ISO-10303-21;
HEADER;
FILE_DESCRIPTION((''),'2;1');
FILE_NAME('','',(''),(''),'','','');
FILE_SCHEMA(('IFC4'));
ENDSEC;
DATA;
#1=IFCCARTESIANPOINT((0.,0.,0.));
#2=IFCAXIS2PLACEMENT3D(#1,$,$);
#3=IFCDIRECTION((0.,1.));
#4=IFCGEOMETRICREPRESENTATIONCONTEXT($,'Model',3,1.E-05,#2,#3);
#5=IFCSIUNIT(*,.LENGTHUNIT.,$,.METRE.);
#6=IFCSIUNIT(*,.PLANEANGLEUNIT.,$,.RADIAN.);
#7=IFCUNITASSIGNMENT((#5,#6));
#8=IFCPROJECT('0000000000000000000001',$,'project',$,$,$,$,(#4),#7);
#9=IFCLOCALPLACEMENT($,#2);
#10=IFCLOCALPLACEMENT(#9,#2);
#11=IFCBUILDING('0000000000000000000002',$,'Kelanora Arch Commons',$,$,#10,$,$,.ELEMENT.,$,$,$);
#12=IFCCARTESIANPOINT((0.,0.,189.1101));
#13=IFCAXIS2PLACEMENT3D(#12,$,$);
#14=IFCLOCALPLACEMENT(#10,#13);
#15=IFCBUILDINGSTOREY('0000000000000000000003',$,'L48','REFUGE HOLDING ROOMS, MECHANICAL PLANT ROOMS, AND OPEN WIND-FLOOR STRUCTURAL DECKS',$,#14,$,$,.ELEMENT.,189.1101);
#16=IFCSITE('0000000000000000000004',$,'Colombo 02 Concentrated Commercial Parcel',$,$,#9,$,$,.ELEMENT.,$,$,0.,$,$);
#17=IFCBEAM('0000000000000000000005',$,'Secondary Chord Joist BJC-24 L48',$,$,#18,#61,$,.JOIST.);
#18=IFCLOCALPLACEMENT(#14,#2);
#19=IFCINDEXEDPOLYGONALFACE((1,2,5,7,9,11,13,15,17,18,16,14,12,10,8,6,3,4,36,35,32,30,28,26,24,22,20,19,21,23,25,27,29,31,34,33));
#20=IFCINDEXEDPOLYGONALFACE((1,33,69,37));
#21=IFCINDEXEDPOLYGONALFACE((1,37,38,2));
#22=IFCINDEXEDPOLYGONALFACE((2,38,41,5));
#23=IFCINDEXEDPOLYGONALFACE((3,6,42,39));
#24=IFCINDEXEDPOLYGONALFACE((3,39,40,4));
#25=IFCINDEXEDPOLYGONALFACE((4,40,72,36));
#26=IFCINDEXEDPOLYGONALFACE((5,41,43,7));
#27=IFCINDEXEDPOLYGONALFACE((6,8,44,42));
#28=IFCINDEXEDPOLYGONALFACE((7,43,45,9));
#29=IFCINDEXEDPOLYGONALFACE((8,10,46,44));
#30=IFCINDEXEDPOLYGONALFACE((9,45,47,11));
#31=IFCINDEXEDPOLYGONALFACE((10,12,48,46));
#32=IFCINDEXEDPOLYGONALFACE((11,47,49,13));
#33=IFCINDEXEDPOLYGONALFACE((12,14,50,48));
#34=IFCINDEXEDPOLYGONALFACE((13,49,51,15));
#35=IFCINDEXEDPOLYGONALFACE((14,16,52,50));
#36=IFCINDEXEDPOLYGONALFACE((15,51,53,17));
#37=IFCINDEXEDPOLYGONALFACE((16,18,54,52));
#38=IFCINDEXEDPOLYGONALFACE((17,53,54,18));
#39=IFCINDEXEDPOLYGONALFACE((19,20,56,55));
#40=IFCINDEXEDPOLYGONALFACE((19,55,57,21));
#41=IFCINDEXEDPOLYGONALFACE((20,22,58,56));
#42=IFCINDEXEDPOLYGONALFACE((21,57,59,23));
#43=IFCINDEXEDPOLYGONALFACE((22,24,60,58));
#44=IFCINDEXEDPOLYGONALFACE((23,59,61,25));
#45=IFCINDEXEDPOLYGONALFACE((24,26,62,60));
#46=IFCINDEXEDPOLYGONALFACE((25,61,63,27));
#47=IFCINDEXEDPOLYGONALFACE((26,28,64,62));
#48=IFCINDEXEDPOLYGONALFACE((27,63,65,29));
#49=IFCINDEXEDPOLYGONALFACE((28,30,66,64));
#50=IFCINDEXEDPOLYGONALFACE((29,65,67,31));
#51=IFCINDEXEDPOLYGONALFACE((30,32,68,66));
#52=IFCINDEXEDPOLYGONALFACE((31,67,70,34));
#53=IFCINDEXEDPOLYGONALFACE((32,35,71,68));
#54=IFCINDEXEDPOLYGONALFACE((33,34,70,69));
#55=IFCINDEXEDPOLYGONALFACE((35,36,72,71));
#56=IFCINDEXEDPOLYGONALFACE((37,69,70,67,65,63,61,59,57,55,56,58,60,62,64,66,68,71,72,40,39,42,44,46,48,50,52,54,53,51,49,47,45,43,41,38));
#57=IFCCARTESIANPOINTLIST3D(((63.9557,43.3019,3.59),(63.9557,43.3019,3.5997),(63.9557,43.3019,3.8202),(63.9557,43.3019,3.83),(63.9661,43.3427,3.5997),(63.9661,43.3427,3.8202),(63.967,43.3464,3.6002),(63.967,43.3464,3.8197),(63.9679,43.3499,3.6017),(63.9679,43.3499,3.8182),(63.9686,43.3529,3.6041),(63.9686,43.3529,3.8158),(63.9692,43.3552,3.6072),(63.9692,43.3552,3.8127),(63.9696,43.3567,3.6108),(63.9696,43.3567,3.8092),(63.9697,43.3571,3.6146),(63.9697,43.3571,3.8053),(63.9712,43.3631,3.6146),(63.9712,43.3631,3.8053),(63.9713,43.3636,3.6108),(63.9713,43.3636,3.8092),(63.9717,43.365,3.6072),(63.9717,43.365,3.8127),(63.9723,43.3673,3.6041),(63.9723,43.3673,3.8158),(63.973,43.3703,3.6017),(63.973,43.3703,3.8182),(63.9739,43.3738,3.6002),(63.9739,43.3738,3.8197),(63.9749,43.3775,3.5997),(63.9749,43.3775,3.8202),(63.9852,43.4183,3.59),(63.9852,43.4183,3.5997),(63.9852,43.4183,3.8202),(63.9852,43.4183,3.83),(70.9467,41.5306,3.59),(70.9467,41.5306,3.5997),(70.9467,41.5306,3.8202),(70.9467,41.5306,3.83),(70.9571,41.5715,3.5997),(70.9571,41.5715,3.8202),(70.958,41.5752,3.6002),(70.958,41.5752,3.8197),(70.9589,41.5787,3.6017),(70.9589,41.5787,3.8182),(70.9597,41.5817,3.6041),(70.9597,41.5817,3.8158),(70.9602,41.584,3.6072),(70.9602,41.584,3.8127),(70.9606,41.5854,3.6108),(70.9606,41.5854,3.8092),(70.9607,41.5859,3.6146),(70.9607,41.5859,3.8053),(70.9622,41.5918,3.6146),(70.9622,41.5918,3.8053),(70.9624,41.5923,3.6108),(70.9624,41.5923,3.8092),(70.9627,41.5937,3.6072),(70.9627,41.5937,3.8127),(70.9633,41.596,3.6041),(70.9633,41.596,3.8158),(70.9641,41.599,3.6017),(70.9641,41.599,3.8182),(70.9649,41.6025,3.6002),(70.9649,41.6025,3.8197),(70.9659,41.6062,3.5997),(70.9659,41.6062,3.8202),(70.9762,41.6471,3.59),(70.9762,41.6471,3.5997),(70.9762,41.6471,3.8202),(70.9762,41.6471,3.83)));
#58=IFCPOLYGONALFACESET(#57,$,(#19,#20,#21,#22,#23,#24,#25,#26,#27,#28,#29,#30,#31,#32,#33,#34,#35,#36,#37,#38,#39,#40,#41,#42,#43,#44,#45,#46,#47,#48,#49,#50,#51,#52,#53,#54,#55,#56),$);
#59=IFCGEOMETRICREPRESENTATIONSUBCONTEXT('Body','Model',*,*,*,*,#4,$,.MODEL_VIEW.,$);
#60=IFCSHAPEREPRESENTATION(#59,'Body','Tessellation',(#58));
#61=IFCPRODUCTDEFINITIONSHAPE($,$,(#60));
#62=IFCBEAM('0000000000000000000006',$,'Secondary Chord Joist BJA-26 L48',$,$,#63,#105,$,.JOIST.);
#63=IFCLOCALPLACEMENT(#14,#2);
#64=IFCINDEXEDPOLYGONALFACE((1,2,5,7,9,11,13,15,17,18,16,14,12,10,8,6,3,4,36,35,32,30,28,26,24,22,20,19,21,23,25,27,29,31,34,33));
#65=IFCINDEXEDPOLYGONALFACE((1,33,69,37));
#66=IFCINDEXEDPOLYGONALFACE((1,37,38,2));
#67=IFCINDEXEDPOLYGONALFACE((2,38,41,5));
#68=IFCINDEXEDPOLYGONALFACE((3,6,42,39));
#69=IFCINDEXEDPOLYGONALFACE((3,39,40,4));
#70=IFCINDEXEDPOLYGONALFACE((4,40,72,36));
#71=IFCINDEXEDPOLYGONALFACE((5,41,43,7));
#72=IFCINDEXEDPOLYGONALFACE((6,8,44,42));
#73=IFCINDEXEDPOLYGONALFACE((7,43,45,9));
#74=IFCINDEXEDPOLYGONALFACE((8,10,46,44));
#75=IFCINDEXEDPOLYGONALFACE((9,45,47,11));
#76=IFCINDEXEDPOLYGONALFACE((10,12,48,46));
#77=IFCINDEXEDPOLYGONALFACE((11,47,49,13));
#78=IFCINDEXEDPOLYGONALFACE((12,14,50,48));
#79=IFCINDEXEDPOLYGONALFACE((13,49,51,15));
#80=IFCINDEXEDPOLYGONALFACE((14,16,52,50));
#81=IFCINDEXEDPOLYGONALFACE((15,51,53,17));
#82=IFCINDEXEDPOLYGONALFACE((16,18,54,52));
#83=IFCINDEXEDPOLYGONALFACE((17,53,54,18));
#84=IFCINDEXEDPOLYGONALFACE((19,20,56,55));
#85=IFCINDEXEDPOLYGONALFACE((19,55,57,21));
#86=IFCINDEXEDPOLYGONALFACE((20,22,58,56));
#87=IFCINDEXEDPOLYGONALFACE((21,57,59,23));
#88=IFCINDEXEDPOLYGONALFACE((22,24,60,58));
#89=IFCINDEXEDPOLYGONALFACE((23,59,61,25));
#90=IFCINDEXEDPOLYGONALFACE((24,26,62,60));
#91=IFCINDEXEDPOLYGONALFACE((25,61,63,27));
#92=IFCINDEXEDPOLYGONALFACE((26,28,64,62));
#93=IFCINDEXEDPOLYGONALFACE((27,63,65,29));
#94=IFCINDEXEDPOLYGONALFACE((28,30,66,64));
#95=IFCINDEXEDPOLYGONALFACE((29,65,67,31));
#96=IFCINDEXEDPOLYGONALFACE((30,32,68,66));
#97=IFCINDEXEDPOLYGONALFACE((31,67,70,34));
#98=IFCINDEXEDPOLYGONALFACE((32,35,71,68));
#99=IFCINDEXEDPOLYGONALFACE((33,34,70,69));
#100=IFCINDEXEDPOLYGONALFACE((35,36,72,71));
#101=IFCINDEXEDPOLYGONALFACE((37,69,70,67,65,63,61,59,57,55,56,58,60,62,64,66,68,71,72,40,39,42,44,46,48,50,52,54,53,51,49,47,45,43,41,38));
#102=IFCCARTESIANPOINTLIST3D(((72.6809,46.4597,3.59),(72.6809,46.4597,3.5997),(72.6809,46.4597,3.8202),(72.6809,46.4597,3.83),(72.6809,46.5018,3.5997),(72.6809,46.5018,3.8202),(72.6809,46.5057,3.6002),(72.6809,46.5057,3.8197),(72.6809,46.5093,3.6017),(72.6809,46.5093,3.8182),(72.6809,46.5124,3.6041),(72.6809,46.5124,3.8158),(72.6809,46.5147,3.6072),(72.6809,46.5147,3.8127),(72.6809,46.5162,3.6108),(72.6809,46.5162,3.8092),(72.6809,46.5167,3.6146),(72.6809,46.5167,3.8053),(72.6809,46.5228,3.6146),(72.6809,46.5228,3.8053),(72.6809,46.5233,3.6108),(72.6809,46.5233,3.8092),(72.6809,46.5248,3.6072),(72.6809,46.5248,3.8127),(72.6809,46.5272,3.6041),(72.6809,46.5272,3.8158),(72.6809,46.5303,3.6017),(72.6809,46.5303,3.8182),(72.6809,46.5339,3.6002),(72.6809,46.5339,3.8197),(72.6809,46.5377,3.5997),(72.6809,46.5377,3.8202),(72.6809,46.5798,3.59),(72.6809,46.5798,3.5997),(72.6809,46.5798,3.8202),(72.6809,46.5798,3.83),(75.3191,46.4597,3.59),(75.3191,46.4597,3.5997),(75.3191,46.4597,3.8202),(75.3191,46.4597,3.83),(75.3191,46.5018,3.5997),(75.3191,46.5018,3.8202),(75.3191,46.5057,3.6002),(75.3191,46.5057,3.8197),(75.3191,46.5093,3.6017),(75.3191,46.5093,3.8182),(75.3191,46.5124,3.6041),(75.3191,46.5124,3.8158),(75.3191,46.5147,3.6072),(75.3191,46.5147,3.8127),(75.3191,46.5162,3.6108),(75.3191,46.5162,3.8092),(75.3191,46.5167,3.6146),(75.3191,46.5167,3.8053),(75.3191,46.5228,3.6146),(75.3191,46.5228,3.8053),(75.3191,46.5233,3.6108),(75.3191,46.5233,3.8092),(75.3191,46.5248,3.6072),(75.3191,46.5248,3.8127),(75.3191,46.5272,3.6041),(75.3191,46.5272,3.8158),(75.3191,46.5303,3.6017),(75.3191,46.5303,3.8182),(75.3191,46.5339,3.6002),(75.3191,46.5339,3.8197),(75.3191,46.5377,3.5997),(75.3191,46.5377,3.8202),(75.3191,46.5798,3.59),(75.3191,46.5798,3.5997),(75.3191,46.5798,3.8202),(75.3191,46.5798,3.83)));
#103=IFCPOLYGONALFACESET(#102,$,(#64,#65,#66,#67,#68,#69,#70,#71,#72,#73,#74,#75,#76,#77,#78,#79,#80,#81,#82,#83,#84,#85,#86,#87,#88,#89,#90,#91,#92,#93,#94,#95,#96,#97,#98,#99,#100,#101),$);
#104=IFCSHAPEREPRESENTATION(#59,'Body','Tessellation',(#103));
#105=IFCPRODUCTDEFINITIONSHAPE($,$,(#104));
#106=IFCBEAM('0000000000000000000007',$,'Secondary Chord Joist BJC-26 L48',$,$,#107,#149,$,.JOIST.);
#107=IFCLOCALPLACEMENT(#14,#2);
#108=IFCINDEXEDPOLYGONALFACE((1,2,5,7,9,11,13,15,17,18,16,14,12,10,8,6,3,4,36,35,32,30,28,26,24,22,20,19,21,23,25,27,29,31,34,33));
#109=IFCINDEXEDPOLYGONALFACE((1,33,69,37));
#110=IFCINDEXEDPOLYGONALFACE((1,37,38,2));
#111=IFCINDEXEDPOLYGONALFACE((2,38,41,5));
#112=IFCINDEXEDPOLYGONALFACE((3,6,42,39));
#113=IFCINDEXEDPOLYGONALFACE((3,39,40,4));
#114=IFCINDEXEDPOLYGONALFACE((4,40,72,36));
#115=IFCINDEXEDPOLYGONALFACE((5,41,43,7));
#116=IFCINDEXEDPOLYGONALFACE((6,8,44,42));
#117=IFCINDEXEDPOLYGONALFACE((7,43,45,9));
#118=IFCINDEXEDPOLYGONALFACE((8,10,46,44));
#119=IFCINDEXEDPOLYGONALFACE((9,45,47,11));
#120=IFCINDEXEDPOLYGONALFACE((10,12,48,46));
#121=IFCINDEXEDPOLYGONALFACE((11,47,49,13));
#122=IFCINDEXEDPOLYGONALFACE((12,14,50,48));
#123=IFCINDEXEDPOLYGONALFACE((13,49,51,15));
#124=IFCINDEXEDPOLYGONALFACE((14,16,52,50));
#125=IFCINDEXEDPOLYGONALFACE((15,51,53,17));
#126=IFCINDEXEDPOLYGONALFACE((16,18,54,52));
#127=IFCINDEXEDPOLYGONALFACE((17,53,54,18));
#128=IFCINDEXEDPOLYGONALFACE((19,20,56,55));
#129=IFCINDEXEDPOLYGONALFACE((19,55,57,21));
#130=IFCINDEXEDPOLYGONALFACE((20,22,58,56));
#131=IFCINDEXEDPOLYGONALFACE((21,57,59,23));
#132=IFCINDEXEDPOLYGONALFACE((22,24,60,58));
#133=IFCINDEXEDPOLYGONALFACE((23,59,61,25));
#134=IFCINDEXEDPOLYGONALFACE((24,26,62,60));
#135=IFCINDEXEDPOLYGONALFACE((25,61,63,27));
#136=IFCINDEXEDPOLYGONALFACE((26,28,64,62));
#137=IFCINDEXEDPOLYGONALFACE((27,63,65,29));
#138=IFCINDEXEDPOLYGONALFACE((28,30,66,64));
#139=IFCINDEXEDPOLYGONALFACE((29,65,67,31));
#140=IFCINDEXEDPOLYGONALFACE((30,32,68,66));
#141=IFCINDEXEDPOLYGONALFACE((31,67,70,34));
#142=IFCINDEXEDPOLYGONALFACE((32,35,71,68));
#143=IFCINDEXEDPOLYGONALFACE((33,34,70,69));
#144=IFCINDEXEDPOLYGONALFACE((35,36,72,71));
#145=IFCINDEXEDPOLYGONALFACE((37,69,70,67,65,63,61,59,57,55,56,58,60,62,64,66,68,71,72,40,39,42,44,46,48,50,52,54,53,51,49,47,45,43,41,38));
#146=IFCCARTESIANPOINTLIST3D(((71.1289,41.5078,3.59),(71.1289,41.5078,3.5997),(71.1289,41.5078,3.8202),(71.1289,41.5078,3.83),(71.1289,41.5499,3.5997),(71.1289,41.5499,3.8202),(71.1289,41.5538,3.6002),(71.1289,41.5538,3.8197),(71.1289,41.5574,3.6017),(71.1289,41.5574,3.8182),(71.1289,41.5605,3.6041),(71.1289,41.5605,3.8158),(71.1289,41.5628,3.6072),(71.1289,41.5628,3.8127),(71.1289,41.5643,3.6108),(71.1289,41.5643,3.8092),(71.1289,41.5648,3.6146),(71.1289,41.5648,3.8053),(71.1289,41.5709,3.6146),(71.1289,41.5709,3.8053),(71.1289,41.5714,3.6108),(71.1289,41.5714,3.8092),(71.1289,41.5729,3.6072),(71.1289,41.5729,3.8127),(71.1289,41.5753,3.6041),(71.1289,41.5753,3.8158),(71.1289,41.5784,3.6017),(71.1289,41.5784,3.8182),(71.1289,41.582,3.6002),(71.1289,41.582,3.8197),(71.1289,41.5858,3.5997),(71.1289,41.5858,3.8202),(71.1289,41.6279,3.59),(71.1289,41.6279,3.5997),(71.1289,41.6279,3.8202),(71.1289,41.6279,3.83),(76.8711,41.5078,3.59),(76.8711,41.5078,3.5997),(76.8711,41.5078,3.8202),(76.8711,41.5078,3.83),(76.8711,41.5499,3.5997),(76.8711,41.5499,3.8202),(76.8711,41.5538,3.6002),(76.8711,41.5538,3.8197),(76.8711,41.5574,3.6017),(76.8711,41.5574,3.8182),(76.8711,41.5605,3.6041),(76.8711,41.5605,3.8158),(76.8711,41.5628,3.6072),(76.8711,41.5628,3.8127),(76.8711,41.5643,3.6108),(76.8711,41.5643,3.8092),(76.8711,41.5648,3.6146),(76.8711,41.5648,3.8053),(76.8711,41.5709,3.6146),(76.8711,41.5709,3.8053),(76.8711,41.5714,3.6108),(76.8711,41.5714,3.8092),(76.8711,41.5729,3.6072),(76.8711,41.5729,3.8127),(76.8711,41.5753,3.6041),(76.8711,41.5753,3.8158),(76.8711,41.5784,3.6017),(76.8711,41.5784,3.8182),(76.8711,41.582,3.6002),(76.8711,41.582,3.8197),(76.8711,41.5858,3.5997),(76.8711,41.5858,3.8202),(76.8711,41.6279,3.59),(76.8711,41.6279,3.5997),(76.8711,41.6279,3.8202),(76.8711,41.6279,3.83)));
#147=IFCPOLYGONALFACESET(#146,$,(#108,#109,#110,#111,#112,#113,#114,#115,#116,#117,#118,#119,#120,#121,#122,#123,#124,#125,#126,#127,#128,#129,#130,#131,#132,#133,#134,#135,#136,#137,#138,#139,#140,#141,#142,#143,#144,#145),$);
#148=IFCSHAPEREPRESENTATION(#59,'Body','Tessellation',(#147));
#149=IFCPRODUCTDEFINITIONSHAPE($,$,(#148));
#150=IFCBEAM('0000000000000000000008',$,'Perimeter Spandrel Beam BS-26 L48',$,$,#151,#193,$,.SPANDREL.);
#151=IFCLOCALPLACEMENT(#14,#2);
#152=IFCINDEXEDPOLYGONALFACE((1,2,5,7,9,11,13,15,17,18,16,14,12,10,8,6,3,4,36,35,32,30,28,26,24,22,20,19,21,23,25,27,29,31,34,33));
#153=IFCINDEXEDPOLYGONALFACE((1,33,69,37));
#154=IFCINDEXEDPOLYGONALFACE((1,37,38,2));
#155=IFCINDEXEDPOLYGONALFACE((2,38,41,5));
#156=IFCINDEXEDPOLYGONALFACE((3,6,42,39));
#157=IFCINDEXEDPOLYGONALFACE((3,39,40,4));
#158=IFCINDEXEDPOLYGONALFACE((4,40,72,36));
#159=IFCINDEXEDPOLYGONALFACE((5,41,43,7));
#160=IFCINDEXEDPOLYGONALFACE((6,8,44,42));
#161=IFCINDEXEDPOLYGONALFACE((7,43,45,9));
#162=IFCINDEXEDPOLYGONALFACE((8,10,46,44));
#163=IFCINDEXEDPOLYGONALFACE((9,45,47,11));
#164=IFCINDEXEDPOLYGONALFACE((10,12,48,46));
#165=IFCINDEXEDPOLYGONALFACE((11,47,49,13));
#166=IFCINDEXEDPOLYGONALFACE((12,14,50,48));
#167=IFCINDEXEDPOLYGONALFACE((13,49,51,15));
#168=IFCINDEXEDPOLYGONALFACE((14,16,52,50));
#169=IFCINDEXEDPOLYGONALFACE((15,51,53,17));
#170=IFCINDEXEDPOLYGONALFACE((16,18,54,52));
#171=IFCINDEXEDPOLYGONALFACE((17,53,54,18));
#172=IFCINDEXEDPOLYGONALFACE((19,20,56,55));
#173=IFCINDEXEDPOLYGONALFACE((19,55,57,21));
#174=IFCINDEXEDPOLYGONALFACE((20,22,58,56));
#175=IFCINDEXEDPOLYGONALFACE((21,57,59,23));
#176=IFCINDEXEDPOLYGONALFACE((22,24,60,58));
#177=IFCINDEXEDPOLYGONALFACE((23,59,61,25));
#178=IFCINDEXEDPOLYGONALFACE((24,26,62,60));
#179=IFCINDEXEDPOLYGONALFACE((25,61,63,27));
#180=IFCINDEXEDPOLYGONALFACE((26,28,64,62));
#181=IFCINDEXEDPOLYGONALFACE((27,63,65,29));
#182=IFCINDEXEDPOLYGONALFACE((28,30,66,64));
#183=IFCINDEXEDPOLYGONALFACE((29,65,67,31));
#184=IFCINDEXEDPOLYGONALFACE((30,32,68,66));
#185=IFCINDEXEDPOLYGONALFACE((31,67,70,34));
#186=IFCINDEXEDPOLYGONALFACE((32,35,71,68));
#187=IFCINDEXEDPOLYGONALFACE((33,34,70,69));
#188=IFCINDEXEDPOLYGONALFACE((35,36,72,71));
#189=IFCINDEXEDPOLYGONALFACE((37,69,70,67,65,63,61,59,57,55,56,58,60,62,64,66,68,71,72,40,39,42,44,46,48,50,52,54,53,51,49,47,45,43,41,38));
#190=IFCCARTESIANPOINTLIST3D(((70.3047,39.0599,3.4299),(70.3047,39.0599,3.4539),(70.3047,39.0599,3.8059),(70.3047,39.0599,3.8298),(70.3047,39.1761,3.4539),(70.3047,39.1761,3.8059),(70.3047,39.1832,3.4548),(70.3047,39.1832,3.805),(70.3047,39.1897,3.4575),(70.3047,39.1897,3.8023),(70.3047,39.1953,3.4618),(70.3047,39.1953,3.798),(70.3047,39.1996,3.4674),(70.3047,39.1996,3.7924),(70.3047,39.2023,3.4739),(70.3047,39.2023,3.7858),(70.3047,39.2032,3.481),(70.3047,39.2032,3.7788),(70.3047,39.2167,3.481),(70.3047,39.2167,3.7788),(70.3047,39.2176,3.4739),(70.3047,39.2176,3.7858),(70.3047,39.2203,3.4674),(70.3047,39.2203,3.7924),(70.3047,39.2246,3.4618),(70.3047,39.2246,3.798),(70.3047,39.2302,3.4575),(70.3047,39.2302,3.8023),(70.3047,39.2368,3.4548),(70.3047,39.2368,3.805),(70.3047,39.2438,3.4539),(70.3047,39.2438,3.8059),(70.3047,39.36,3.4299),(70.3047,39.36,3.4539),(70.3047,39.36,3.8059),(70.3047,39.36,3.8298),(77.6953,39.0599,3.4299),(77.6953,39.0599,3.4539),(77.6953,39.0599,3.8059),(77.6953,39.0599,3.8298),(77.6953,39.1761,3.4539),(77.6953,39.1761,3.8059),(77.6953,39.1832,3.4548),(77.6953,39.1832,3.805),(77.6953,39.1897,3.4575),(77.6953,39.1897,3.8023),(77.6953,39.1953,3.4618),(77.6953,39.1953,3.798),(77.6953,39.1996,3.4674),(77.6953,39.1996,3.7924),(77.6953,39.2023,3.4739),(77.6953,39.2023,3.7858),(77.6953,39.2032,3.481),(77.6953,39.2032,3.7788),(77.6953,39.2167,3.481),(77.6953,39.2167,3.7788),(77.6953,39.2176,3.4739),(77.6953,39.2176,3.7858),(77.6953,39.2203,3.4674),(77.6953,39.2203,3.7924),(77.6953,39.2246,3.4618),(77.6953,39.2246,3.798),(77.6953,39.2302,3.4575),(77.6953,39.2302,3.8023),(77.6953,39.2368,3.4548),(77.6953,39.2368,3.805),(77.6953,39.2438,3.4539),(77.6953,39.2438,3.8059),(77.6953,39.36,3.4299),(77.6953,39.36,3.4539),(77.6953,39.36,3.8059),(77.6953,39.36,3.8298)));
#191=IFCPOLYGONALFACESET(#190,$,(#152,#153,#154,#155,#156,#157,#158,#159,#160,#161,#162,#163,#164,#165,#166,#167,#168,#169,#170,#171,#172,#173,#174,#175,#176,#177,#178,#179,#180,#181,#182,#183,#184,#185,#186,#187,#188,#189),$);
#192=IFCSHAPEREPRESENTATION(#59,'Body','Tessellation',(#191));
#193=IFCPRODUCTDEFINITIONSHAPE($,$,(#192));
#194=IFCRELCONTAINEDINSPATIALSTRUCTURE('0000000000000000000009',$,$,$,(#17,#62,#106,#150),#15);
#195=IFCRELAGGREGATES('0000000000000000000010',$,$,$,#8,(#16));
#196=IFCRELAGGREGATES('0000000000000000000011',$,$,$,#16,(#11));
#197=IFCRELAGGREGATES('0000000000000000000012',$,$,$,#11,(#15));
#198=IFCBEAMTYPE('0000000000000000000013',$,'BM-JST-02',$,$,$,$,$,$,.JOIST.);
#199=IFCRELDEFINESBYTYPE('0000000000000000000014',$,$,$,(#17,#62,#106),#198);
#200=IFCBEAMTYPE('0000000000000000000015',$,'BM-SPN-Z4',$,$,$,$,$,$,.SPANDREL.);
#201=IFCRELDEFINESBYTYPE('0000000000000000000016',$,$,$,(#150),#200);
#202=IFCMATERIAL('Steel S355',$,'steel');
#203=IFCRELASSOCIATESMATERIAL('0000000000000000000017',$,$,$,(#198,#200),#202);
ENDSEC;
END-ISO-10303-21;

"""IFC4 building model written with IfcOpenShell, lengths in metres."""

from ifc_helpers import new_model, si_unit, direction, frame, origin, origin_2d, place, context, subcontext, project, spatial, i_section, extrude, material, material_profile, profile_set, type_object, element, save


model = new_model("IFC4")

# Units and contexts
model_context = context("Model", 3, precision=1e-05, world=origin(), true_north=direction((0.0, 1.0)))
body_context = subcontext(model_context, "Body", "Model", "MODEL_VIEW")
ifc_project = project(units=[si_unit("LENGTHUNIT", "METRE"), si_unit("PLANEANGLEUNIT", "RADIAN")], contexts=[model_context])

# Site, building, storey
site_placement = place(None, origin())
site = spatial("IfcSite", under=ifc_project, at=site_placement, Name="Colombo 02 Concentrated Commercial Parcel", CompositionType="ELEMENT", RefElevation=0.0)
building_placement = place(site_placement, origin())
building = spatial("IfcBuilding", under=site, at=building_placement, Name="Kelanora Arch Commons", CompositionType="ELEMENT")
storey_placement = place(building_placement, frame((0.0, 0.0, 189.1101)))
storey = spatial("IfcBuildingStorey", under=building, at=storey_placement, Name="L48", Description="REFUGE HOLDING ROOMS, MECHANICAL PLANT ROOMS, AND OPEN WIND-FLOOR STRUCTURAL DECKS", CompositionType="ELEMENT", Elevation=189.1101)

# Beams
ifc_material_1 = material(Name="Steel S355", Category="steel")
ifc_material_profile_1 = material_profile(ifc_material_1, i_section(OverallWidth=0.1201, OverallDepth=0.24, WebThickness=0.0061, FlangeThickness=0.0098, FilletRadius=0.0149, at=origin_2d()), Name="IPE240")
ifc_profile_set_1 = profile_set([ifc_material_profile_1], Name="Steel S355")
beam_type_1 = type_object("IfcBeamType", Name="BM-JST-02", PredefinedType="JOIST", material=ifc_profile_set_1)
beam_1_placement = place(storey_placement, frame((63.9705, 43.3601, 3.71), z_axis=(0.969371, -0.245601, 0.0), x_axis=(0.245601, 0.969371, 0.0)))
element("IfcBeam", 1, at=beam_1_placement, inside=storey, type_object=beam_type_1, Name="Secondary Chord Joist BJC-24 L48", PredefinedType="JOIST", context=body_context, shape_type="SweptSolid", body=[
    extrude(i_section(OverallWidth=0.1201, OverallDepth=0.24, WebThickness=0.0061, FlangeThickness=0.0098, FilletRadius=0.0149, at=origin_2d()), origin(), (0.0, 0.0, 1.0), 7.2119),
])
beam_2_placement = place(storey_placement, frame((72.6809, 46.5198, 3.71), z_axis=(1.0, 0.0, 0.0), x_axis=(0.0, 1.0, 0.0)))
element("IfcBeam", 2, at=beam_2_placement, inside=storey, type_object=beam_type_1, Name="Secondary Chord Joist BJA-26 L48", PredefinedType="JOIST", context=body_context, shape_type="SweptSolid", body=[
    extrude(i_section(OverallWidth=0.1201, OverallDepth=0.24, WebThickness=0.0061, FlangeThickness=0.0098, FilletRadius=0.0149, at=origin_2d()), origin(), (0.0, 0.0, 1.0), 2.6382),
])
beam_3_placement = place(storey_placement, frame((71.1289, 41.5679, 3.71), z_axis=(1.0, 0.0, 0.0), x_axis=(0.0, 1.0, 0.0)))
element("IfcBeam", 3, at=beam_3_placement, inside=storey, type_object=beam_type_1, Name="Secondary Chord Joist BJC-26 L48", PredefinedType="JOIST", context=body_context, shape_type="SweptSolid", body=[
    extrude(i_section(OverallWidth=0.1201, OverallDepth=0.24, WebThickness=0.0061, FlangeThickness=0.0098, FilletRadius=0.0149, at=origin_2d()), origin(), (0.0, 0.0, 1.0), 5.7422),
])
ifc_material_profile_2 = material_profile(ifc_material_1, i_section(OverallWidth=0.3, OverallDepth=0.3999, WebThickness=0.0134, FlangeThickness=0.0239, FilletRadius=0.0271, at=origin_2d()), Name="HEB400")
ifc_profile_set_2 = profile_set([ifc_material_profile_2], Name="Steel S355")
beam_type_2 = type_object("IfcBeamType", Name="BM-SPN-Z4", PredefinedType="SPANDREL", material=ifc_profile_set_2)
beam_4_placement = place(storey_placement, frame((70.3047, 39.21, 3.6299), z_axis=(1.0, 0.0, 0.0), x_axis=(0.0, 1.0, 0.0)))
element("IfcBeam", 4, at=beam_4_placement, inside=storey, type_object=beam_type_2, Name="Perimeter Spandrel Beam BS-26 L48", PredefinedType="SPANDREL", context=body_context, shape_type="SweptSolid", body=[
    extrude(i_section(OverallWidth=0.3, OverallDepth=0.3999, WebThickness=0.0134, FlangeThickness=0.0239, FilletRadius=0.0271, at=origin_2d()), origin(), (0.0, 0.0, 1.0), 7.3906),
])

save(model, "model.ifc")
